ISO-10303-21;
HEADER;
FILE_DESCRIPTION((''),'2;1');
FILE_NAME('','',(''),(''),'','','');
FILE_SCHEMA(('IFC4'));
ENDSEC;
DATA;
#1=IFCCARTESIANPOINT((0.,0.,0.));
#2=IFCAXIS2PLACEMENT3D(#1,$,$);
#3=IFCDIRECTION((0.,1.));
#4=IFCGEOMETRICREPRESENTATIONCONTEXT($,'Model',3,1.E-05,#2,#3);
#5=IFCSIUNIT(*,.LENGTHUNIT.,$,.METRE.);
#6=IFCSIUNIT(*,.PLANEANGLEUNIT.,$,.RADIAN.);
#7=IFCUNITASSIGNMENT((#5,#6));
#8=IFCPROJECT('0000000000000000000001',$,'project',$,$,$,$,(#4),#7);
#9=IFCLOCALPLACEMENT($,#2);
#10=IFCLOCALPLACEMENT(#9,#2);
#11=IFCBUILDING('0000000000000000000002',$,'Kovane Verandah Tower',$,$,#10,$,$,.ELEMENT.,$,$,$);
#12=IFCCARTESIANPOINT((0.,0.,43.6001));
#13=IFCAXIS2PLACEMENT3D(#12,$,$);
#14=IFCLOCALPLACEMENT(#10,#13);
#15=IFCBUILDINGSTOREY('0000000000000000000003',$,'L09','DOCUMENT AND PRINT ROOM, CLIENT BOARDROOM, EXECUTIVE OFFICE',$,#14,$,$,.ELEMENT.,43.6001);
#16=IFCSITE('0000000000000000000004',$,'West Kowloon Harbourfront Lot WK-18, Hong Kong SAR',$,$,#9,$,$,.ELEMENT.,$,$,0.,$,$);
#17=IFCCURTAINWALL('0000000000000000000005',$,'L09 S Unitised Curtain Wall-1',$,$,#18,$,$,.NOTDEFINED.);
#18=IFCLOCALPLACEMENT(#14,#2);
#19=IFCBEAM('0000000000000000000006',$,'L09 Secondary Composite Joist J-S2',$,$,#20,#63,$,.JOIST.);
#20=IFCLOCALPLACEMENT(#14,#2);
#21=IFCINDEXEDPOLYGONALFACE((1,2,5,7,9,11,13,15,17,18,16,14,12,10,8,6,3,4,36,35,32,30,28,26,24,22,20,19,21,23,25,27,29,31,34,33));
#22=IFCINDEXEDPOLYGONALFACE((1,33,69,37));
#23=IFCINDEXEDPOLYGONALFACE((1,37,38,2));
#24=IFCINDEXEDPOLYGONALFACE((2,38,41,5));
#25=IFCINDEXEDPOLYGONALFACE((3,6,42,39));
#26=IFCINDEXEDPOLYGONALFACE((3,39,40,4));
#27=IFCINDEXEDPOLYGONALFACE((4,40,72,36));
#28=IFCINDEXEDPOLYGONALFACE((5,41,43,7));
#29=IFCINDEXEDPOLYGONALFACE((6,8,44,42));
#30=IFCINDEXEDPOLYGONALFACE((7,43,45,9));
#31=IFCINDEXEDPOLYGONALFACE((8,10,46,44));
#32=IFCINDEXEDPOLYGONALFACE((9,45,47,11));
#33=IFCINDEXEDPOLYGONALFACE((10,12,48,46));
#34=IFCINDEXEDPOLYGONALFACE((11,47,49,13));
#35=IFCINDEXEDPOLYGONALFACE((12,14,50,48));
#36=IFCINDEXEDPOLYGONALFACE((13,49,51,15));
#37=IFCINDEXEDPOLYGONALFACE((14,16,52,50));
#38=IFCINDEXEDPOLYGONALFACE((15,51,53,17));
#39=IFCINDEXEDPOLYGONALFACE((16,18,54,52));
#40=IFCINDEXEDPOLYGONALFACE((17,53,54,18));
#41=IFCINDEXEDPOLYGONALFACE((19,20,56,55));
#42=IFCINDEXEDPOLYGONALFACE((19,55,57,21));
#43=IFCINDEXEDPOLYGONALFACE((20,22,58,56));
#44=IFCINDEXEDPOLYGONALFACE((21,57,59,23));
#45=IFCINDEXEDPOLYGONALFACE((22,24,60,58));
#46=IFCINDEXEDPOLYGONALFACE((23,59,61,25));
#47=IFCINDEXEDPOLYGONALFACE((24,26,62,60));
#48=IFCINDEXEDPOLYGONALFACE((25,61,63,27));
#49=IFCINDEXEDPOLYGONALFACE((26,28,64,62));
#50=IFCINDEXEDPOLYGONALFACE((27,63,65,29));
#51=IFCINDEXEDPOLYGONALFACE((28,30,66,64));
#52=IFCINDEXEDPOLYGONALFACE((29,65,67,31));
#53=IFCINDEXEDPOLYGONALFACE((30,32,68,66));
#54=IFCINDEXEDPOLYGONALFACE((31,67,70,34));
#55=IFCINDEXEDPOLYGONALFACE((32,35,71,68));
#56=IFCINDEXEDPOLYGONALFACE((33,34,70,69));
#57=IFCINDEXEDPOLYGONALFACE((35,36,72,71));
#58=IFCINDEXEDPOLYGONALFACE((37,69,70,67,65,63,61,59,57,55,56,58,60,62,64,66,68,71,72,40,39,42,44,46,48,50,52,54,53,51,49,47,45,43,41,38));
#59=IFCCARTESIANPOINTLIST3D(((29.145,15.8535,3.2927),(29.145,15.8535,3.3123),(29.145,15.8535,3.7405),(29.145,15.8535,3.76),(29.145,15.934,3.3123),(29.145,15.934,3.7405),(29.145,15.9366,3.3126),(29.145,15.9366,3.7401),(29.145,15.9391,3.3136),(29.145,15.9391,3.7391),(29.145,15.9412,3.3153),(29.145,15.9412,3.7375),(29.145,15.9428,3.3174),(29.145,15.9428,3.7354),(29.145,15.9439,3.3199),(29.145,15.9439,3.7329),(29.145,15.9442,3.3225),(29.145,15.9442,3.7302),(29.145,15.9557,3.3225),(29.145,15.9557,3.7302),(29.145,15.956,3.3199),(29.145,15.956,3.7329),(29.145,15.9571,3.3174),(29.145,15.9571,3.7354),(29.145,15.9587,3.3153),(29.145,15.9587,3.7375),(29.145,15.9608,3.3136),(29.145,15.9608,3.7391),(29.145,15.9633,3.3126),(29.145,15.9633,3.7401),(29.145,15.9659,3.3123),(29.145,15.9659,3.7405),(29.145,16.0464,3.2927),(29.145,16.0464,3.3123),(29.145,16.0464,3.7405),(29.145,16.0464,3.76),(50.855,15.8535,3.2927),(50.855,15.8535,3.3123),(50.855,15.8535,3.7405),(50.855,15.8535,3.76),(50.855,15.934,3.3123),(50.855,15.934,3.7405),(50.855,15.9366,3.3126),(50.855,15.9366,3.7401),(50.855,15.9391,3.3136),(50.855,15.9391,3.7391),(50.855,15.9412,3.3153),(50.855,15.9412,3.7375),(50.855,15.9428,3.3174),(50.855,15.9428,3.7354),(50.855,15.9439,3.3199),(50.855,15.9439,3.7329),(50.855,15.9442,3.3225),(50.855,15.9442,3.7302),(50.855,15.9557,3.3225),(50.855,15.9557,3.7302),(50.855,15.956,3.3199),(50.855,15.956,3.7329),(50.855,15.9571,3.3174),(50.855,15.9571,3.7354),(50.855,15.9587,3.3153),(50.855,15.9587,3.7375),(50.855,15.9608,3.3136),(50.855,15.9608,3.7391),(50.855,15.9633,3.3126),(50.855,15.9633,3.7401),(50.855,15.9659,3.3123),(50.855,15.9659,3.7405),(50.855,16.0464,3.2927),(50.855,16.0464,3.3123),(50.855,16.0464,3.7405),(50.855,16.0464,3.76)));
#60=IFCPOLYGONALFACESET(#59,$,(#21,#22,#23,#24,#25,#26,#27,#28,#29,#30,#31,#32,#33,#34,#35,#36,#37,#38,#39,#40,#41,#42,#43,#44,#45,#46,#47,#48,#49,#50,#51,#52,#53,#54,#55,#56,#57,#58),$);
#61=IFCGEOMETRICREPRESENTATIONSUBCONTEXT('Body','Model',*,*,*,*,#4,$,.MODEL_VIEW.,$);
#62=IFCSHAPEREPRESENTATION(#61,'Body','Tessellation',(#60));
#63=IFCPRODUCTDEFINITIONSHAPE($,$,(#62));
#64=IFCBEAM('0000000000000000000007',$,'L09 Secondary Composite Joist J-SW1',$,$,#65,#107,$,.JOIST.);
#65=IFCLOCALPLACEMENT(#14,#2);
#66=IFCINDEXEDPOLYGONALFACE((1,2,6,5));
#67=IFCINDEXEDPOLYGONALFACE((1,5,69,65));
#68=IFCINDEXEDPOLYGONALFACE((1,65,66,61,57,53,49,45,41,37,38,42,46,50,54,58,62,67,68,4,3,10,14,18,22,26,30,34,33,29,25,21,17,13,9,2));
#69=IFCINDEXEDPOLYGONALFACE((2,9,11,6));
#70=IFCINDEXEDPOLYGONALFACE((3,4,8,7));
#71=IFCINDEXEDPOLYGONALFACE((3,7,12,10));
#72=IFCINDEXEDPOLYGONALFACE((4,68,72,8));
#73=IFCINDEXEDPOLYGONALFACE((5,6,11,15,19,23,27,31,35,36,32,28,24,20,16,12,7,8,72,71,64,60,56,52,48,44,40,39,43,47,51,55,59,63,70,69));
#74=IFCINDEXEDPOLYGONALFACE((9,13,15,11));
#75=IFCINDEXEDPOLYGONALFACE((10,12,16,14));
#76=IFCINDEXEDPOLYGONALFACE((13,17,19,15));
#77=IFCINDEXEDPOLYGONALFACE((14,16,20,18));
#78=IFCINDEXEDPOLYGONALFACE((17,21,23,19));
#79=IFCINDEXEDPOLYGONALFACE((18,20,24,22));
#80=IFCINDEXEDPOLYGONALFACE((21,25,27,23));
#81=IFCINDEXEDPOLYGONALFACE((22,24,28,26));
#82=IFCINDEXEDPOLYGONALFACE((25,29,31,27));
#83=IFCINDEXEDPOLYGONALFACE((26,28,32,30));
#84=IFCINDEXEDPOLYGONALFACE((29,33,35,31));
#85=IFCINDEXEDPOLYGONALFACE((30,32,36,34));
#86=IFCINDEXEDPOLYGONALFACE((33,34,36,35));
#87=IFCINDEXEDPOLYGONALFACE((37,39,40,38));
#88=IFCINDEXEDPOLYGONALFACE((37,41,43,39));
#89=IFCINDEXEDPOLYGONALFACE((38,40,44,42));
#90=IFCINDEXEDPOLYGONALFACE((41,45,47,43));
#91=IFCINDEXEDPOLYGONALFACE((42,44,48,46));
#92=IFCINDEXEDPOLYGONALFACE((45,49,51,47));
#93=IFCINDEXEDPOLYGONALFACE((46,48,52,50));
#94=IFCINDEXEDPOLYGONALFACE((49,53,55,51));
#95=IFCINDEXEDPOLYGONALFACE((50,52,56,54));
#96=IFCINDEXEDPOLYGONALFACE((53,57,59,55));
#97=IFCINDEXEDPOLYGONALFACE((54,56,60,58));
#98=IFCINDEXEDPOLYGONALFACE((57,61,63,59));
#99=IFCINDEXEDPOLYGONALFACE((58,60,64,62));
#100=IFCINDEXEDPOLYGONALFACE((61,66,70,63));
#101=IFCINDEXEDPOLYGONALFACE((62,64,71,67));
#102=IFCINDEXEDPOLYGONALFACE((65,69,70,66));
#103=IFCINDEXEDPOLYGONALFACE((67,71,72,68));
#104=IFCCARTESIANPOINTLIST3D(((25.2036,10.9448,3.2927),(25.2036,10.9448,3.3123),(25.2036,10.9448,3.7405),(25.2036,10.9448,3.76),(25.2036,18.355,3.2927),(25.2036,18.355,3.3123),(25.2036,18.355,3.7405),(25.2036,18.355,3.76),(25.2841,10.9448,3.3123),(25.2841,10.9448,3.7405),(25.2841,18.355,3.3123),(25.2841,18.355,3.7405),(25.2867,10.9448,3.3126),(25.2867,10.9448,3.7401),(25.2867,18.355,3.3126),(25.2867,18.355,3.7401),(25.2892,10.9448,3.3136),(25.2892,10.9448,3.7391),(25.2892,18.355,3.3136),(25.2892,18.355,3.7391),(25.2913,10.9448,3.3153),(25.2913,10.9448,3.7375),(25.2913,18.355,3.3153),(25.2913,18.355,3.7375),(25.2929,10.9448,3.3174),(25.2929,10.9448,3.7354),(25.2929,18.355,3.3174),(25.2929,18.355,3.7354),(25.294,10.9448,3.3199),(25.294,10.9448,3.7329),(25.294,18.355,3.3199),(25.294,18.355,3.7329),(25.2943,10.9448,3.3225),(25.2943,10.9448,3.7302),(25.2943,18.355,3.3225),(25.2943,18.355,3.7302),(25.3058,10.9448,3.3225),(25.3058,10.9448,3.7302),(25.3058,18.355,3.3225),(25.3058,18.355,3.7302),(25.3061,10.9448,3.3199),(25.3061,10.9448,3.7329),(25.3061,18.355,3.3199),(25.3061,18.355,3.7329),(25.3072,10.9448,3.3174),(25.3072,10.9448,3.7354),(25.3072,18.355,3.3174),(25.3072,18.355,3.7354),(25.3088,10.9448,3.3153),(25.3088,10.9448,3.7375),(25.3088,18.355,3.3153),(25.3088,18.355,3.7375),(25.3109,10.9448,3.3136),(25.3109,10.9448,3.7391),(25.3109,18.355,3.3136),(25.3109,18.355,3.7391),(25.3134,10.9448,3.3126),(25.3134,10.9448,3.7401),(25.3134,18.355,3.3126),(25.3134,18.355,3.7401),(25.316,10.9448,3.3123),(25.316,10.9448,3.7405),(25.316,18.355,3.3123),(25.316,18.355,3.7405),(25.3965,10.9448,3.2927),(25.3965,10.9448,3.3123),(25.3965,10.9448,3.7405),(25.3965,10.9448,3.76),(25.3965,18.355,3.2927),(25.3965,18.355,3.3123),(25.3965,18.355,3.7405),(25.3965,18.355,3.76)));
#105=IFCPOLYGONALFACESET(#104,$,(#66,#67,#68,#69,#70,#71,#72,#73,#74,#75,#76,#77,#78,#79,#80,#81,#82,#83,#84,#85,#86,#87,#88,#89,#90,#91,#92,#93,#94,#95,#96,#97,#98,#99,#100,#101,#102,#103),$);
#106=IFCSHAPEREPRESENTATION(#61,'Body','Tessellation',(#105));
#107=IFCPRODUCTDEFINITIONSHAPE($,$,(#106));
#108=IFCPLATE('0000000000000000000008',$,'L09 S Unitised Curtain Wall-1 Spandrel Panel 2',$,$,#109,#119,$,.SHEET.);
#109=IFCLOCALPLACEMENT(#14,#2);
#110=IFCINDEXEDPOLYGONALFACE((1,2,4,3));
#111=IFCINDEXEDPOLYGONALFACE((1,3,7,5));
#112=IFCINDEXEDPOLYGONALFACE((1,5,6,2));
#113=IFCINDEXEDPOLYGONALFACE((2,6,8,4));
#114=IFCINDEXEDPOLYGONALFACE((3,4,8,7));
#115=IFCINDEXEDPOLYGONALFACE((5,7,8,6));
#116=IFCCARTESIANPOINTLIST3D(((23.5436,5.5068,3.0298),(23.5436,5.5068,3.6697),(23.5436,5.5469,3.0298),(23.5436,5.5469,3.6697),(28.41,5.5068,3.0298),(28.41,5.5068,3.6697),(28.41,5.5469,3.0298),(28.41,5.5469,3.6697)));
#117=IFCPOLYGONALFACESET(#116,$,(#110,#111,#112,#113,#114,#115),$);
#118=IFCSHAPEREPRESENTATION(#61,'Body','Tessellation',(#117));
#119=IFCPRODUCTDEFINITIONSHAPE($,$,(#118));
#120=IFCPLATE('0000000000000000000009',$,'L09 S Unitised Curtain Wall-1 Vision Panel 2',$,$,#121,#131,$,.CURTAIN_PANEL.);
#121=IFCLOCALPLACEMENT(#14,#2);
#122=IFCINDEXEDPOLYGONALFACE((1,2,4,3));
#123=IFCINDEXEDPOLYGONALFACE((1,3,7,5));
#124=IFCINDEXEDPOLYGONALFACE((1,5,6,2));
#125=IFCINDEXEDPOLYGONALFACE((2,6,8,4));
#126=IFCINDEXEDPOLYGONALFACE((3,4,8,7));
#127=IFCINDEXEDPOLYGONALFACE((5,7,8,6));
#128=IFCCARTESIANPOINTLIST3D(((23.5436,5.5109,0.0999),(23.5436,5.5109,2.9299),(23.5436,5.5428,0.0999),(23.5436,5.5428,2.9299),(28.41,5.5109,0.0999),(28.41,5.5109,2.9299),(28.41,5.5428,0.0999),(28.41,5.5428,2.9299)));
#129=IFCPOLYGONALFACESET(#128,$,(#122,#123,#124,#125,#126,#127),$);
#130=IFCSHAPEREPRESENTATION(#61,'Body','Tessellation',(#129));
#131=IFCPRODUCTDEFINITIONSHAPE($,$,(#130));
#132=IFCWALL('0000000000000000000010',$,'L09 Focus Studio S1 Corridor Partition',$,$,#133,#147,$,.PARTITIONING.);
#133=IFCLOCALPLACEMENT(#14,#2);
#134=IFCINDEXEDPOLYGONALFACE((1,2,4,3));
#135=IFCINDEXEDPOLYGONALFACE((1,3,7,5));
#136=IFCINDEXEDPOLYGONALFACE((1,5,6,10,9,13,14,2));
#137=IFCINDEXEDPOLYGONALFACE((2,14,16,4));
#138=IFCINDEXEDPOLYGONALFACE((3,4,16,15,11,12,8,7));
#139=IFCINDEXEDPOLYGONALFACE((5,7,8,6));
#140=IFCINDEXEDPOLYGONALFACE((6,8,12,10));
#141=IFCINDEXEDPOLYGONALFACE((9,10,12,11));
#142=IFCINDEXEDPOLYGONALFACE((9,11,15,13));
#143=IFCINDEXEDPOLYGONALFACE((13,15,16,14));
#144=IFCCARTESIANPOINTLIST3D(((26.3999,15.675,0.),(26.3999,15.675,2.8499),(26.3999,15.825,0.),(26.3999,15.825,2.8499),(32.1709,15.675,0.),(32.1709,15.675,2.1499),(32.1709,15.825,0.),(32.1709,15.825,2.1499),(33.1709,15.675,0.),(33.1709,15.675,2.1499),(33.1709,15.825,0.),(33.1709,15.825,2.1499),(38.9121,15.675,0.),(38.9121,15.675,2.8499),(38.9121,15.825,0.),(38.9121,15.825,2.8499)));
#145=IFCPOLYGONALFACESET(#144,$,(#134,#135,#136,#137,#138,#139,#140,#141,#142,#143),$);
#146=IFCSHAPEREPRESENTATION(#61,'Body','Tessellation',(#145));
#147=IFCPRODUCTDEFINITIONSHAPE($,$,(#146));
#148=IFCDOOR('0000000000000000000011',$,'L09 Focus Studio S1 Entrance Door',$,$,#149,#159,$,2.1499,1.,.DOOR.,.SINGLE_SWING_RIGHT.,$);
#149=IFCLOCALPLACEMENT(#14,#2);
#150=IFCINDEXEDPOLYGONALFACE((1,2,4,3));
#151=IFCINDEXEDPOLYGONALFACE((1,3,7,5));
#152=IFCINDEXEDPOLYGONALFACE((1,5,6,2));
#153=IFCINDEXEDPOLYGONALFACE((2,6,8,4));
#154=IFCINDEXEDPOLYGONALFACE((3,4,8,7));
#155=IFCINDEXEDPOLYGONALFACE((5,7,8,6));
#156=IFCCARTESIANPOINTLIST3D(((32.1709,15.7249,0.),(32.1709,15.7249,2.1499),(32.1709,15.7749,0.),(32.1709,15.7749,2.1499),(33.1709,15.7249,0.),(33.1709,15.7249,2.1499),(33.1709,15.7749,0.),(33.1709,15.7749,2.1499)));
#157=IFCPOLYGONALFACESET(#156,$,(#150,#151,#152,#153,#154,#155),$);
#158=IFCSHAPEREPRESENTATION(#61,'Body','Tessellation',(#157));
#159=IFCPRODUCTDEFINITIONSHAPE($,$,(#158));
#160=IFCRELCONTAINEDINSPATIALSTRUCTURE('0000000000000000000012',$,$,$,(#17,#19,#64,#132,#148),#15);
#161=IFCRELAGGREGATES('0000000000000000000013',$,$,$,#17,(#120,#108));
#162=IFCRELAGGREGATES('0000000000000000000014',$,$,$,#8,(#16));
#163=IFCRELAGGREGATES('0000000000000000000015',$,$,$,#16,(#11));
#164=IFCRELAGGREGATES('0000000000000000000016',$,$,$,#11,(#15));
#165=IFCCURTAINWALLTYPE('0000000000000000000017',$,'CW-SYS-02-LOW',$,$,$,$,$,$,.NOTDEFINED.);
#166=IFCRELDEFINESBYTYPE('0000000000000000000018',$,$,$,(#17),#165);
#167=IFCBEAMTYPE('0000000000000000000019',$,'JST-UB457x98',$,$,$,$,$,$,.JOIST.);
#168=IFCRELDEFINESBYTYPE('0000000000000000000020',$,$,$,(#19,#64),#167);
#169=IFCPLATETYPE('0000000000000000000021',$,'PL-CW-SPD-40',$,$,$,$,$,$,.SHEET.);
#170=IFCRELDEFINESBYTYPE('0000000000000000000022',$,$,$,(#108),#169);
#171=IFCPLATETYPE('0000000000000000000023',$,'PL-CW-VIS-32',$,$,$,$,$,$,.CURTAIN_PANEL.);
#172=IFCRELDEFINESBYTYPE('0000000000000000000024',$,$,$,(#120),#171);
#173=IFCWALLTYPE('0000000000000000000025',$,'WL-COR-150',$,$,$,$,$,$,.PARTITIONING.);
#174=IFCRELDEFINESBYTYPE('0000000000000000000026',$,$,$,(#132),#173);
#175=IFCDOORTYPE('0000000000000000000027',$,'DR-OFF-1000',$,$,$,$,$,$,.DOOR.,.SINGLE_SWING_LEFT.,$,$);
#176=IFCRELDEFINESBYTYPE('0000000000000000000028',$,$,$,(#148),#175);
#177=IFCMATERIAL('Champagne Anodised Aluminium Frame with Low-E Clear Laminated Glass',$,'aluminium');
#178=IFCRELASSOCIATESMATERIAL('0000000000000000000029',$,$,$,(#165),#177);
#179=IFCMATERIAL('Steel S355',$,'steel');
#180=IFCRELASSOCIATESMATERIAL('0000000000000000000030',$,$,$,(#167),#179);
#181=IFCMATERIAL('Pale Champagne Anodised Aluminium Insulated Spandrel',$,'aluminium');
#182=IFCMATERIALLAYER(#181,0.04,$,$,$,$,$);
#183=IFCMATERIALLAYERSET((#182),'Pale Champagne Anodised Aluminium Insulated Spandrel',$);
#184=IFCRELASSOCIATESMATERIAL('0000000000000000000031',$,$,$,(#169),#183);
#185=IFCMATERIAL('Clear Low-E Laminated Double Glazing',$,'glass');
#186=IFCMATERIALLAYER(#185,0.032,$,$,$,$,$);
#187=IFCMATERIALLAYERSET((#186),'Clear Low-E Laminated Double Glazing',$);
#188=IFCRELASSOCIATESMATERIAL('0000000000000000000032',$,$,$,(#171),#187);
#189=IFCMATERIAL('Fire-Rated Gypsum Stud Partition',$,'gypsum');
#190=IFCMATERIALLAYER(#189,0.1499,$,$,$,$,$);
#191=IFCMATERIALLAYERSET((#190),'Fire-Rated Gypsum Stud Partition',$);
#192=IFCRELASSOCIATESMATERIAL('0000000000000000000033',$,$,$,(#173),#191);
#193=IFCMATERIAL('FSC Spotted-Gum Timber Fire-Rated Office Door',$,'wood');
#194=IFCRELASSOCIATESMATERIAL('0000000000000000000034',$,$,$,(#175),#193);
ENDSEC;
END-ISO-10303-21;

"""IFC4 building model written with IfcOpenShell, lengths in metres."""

from ifc_helpers import new_model, si_unit, direction, frame, frame_2d, origin, origin_2d, place, context, subcontext, project, spatial, rectangle, i_section, extrude, material, layer, layer_set, material_profile, profile_set, type_object, element, fill, aggregate, save


model = new_model("IFC4")

# Units and contexts
model_context = context("Model", 3, precision=1e-05, world=origin(), true_north=direction((0.0, 1.0)))
body_context = subcontext(model_context, "Body", "Model", "MODEL_VIEW")
ifc_project = project(units=[si_unit("LENGTHUNIT", "METRE"), si_unit("PLANEANGLEUNIT", "RADIAN")], contexts=[model_context])

# Site, building, storey
site_placement = place(None, origin())
site = spatial("IfcSite", under=ifc_project, at=site_placement, Name="West Kowloon Harbourfront Lot WK-18, Hong Kong SAR", CompositionType="ELEMENT", RefElevation=0.0)
building_placement = place(site_placement, origin())
building = spatial("IfcBuilding", under=site, at=building_placement, Name="Kovane Verandah Tower", CompositionType="ELEMENT")
storey_placement = place(building_placement, frame((0.0, 0.0, 43.6001)))
storey = spatial("IfcBuildingStorey", under=building, at=storey_placement, Name="L09", Description="DOCUMENT AND PRINT ROOM, CLIENT BOARDROOM, EXECUTIVE OFFICE", CompositionType="ELEMENT", Elevation=43.6001)

# Shared definitions
ifc_material_1 = material(Name="Steel S355", Category="steel")

# Curtain wall
ifc_material_2 = material(Name="Champagne Anodised Aluminium Frame with Low-E Clear Laminated Glass", Category="aluminium")
curtain_wall_type = type_object("IfcCurtainWallType", Name="CW-SYS-02-LOW", PredefinedType="NOTDEFINED", material=ifc_material_2)
curtain_wall_1_placement = place(storey_placement, origin())
curtain_wall_1 = element("IfcCurtainWall", 1, at=curtain_wall_1_placement, inside=storey, type_object=curtain_wall_type, Name="L09 S Unitised Curtain Wall-1", PredefinedType="NOTDEFINED")

# Beams
ifc_material_profile_1 = material_profile(ifc_material_1, i_section(OverallWidth=0.1929, OverallDepth=0.4673, WebThickness=0.0115, FlangeThickness=0.0195, FilletRadius=0.0103, at=origin_2d()), Name="UB457x191x98")
ifc_profile_set_1 = profile_set([ifc_material_profile_1], Name="Steel S355")
beam_type_1 = type_object("IfcBeamType", Name="JST-UB457x98", PredefinedType="JOIST", material=ifc_profile_set_1)
for number, where, z_axis, x_axis, name in (
    (2, (29.145, 15.95, 3.5264), (1.0, 0.0, 0.0), (0.0, 1.0, 0.0), "L09 Secondary Composite Joist J-S2"),
):
    element("IfcBeam", number, at=place(storey_placement, frame(where, z_axis=z_axis, x_axis=x_axis)), inside=storey, type_object=beam_type_1, Name=name, PredefinedType="JOIST", context=body_context, shape_type="SweptSolid", body=[
        extrude(i_section(OverallWidth=0.1929, OverallDepth=0.4673, WebThickness=0.0115, FlangeThickness=0.0195, FilletRadius=0.0103, at=origin_2d()), origin(), (0.0, 0.0, 1.0), 21.71),
    ])
beam_1_placement = place(storey_placement, frame((25.3, 10.9448, 3.5264), z_axis=(0.0, 1.0, 0.0), x_axis=(-1.0, 0.0, 0.0)))
element("IfcBeam", 3, at=beam_1_placement, inside=storey, type_object=beam_type_1, Name="L09 Secondary Composite Joist J-SW1", PredefinedType="JOIST", context=body_context, shape_type="SweptSolid", body=[
    extrude(i_section(OverallWidth=0.1929, OverallDepth=0.4673, WebThickness=0.0115, FlangeThickness=0.0195, FilletRadius=0.0103, at=origin_2d()), origin(), (0.0, 0.0, 1.0), 7.4102),
])

# Plates
ifc_material_3 = material(Name="Pale Champagne Anodised Aluminium Insulated Spandrel", Category="aluminium")
ifc_layer_1 = layer(ifc_material_3, 0.04)
ifc_layer_set_1 = layer_set([ifc_layer_1], Name="Pale Champagne Anodised Aluminium Insulated Spandrel")
plate_type_1 = type_object("IfcPlateType", Name="PL-CW-SPD-40", PredefinedType="SHEET", material=ifc_layer_set_1)
plate_1_placement = place(storey_placement, frame((25.9768, 5.5269, 3.0298), z_axis=(0.0, 0.0, 1.0), x_axis=(1.0, 0.0, 0.0)))
plate_1 = element("IfcPlate", 4, at=plate_1_placement, type_object=plate_type_1, Name="L09 S Unitised Curtain Wall-1 Spandrel Panel 2", PredefinedType="SHEET", context=body_context, shape_type="SweptSolid", body=[
    extrude(rectangle(XDim=4.8665, YDim=0.04, at=origin_2d()), origin(), (0.0, 0.0, 1.0), 0.6399),
])
ifc_material_4 = material(Name="Clear Low-E Laminated Double Glazing", Category="glass")
ifc_layer_2 = layer(ifc_material_4, 0.032)
ifc_layer_set_2 = layer_set([ifc_layer_2], Name="Clear Low-E Laminated Double Glazing")
plate_type_2 = type_object("IfcPlateType", Name="PL-CW-VIS-32", PredefinedType="CURTAIN_PANEL", material=ifc_layer_set_2)
plate_2_placement = place(storey_placement, frame((25.9768, 5.5269, 0.0999), z_axis=(0.0, 0.0, 1.0), x_axis=(1.0, 0.0, 0.0)))
plate_2 = element("IfcPlate", 5, at=plate_2_placement, type_object=plate_type_2, Name="L09 S Unitised Curtain Wall-1 Vision Panel 2", PredefinedType="CURTAIN_PANEL", context=body_context, shape_type="SweptSolid", body=[
    extrude(rectangle(XDim=4.8665, YDim=0.032, at=origin_2d()), origin(), (0.0, 0.0, 1.0), 2.8301),
])
aggregate(curtain_wall_1, [plate_2, plate_1])

# Wall, opening, door
ifc_material_5 = material(Name="Fire-Rated Gypsum Stud Partition", Category="gypsum")
ifc_layer_3 = layer(ifc_material_5, 0.1499)
ifc_layer_set_3 = layer_set([ifc_layer_3], Name="Fire-Rated Gypsum Stud Partition")
wall_type_1 = type_object("IfcWallType", Name="WL-COR-150", PredefinedType="PARTITIONING", material=ifc_layer_set_3)
wall_1_placement = place(storey_placement, frame((26.3999, 15.75, 0.0), z_axis=(0.0, 0.0, 1.0), x_axis=(1.0, 0.0, 0.0)))
wall_1 = element("IfcWall", 6, at=wall_1_placement, inside=storey, type_object=wall_type_1, Name="L09 Focus Studio S1 Corridor Partition", PredefinedType="PARTITIONING", context=body_context, shape_type="SweptSolid", body=[
    extrude(rectangle(XDim=12.5122, YDim=0.1499, at=frame_2d((6.2561, 0.0))), origin(), (0.0, 0.0, 1.0), 2.8499),
])
opening_1_placement = place(wall_1_placement, frame((5.771, 0.0, 0.0)))
opening_1 = element("IfcOpeningElement", 7, at=opening_1_placement, cuts=wall_1, PredefinedType="OPENING", context=body_context, shape_type="SweptSolid", body=[
    extrude(rectangle(XDim=1.0, YDim=2.1499, at=frame_2d((0.5, 1.075))), frame((0.0, 0.075, 0.0), z_axis=(0.0, -1.0, 0.0), x_axis=(1.0, 0.0, 0.0)), (0.0, 0.0, 1.0), 0.1499),
])
ifc_material_6 = material(Name="FSC Spotted-Gum Timber Fire-Rated Office Door", Category="wood")
door_type = type_object("IfcDoorType", Name="DR-OFF-1000", OperationType="SINGLE_SWING_LEFT", PredefinedType="DOOR", material=ifc_material_6)
door_1_placement = place(opening_1_placement, origin())
door_1 = element("IfcDoor", 8, at=door_1_placement, inside=storey, type_object=door_type, Name="L09 Focus Studio S1 Entrance Door", OperationType="SINGLE_SWING_RIGHT", OverallHeight=2.1499, OverallWidth=1.0, PredefinedType="DOOR", context=body_context, shape_type="SweptSolid", body=[
    extrude(rectangle(XDim=1.0, YDim=2.1499, at=frame_2d((0.5, 1.075))), frame((0.0, 0.0249, 0.0), z_axis=(0.0, -1.0, 0.0), x_axis=(1.0, 0.0, 0.0)), (0.0, 0.0, 1.0), 0.05),
])
fill(opening_1, door_1)

save(model, "model.ifc")
